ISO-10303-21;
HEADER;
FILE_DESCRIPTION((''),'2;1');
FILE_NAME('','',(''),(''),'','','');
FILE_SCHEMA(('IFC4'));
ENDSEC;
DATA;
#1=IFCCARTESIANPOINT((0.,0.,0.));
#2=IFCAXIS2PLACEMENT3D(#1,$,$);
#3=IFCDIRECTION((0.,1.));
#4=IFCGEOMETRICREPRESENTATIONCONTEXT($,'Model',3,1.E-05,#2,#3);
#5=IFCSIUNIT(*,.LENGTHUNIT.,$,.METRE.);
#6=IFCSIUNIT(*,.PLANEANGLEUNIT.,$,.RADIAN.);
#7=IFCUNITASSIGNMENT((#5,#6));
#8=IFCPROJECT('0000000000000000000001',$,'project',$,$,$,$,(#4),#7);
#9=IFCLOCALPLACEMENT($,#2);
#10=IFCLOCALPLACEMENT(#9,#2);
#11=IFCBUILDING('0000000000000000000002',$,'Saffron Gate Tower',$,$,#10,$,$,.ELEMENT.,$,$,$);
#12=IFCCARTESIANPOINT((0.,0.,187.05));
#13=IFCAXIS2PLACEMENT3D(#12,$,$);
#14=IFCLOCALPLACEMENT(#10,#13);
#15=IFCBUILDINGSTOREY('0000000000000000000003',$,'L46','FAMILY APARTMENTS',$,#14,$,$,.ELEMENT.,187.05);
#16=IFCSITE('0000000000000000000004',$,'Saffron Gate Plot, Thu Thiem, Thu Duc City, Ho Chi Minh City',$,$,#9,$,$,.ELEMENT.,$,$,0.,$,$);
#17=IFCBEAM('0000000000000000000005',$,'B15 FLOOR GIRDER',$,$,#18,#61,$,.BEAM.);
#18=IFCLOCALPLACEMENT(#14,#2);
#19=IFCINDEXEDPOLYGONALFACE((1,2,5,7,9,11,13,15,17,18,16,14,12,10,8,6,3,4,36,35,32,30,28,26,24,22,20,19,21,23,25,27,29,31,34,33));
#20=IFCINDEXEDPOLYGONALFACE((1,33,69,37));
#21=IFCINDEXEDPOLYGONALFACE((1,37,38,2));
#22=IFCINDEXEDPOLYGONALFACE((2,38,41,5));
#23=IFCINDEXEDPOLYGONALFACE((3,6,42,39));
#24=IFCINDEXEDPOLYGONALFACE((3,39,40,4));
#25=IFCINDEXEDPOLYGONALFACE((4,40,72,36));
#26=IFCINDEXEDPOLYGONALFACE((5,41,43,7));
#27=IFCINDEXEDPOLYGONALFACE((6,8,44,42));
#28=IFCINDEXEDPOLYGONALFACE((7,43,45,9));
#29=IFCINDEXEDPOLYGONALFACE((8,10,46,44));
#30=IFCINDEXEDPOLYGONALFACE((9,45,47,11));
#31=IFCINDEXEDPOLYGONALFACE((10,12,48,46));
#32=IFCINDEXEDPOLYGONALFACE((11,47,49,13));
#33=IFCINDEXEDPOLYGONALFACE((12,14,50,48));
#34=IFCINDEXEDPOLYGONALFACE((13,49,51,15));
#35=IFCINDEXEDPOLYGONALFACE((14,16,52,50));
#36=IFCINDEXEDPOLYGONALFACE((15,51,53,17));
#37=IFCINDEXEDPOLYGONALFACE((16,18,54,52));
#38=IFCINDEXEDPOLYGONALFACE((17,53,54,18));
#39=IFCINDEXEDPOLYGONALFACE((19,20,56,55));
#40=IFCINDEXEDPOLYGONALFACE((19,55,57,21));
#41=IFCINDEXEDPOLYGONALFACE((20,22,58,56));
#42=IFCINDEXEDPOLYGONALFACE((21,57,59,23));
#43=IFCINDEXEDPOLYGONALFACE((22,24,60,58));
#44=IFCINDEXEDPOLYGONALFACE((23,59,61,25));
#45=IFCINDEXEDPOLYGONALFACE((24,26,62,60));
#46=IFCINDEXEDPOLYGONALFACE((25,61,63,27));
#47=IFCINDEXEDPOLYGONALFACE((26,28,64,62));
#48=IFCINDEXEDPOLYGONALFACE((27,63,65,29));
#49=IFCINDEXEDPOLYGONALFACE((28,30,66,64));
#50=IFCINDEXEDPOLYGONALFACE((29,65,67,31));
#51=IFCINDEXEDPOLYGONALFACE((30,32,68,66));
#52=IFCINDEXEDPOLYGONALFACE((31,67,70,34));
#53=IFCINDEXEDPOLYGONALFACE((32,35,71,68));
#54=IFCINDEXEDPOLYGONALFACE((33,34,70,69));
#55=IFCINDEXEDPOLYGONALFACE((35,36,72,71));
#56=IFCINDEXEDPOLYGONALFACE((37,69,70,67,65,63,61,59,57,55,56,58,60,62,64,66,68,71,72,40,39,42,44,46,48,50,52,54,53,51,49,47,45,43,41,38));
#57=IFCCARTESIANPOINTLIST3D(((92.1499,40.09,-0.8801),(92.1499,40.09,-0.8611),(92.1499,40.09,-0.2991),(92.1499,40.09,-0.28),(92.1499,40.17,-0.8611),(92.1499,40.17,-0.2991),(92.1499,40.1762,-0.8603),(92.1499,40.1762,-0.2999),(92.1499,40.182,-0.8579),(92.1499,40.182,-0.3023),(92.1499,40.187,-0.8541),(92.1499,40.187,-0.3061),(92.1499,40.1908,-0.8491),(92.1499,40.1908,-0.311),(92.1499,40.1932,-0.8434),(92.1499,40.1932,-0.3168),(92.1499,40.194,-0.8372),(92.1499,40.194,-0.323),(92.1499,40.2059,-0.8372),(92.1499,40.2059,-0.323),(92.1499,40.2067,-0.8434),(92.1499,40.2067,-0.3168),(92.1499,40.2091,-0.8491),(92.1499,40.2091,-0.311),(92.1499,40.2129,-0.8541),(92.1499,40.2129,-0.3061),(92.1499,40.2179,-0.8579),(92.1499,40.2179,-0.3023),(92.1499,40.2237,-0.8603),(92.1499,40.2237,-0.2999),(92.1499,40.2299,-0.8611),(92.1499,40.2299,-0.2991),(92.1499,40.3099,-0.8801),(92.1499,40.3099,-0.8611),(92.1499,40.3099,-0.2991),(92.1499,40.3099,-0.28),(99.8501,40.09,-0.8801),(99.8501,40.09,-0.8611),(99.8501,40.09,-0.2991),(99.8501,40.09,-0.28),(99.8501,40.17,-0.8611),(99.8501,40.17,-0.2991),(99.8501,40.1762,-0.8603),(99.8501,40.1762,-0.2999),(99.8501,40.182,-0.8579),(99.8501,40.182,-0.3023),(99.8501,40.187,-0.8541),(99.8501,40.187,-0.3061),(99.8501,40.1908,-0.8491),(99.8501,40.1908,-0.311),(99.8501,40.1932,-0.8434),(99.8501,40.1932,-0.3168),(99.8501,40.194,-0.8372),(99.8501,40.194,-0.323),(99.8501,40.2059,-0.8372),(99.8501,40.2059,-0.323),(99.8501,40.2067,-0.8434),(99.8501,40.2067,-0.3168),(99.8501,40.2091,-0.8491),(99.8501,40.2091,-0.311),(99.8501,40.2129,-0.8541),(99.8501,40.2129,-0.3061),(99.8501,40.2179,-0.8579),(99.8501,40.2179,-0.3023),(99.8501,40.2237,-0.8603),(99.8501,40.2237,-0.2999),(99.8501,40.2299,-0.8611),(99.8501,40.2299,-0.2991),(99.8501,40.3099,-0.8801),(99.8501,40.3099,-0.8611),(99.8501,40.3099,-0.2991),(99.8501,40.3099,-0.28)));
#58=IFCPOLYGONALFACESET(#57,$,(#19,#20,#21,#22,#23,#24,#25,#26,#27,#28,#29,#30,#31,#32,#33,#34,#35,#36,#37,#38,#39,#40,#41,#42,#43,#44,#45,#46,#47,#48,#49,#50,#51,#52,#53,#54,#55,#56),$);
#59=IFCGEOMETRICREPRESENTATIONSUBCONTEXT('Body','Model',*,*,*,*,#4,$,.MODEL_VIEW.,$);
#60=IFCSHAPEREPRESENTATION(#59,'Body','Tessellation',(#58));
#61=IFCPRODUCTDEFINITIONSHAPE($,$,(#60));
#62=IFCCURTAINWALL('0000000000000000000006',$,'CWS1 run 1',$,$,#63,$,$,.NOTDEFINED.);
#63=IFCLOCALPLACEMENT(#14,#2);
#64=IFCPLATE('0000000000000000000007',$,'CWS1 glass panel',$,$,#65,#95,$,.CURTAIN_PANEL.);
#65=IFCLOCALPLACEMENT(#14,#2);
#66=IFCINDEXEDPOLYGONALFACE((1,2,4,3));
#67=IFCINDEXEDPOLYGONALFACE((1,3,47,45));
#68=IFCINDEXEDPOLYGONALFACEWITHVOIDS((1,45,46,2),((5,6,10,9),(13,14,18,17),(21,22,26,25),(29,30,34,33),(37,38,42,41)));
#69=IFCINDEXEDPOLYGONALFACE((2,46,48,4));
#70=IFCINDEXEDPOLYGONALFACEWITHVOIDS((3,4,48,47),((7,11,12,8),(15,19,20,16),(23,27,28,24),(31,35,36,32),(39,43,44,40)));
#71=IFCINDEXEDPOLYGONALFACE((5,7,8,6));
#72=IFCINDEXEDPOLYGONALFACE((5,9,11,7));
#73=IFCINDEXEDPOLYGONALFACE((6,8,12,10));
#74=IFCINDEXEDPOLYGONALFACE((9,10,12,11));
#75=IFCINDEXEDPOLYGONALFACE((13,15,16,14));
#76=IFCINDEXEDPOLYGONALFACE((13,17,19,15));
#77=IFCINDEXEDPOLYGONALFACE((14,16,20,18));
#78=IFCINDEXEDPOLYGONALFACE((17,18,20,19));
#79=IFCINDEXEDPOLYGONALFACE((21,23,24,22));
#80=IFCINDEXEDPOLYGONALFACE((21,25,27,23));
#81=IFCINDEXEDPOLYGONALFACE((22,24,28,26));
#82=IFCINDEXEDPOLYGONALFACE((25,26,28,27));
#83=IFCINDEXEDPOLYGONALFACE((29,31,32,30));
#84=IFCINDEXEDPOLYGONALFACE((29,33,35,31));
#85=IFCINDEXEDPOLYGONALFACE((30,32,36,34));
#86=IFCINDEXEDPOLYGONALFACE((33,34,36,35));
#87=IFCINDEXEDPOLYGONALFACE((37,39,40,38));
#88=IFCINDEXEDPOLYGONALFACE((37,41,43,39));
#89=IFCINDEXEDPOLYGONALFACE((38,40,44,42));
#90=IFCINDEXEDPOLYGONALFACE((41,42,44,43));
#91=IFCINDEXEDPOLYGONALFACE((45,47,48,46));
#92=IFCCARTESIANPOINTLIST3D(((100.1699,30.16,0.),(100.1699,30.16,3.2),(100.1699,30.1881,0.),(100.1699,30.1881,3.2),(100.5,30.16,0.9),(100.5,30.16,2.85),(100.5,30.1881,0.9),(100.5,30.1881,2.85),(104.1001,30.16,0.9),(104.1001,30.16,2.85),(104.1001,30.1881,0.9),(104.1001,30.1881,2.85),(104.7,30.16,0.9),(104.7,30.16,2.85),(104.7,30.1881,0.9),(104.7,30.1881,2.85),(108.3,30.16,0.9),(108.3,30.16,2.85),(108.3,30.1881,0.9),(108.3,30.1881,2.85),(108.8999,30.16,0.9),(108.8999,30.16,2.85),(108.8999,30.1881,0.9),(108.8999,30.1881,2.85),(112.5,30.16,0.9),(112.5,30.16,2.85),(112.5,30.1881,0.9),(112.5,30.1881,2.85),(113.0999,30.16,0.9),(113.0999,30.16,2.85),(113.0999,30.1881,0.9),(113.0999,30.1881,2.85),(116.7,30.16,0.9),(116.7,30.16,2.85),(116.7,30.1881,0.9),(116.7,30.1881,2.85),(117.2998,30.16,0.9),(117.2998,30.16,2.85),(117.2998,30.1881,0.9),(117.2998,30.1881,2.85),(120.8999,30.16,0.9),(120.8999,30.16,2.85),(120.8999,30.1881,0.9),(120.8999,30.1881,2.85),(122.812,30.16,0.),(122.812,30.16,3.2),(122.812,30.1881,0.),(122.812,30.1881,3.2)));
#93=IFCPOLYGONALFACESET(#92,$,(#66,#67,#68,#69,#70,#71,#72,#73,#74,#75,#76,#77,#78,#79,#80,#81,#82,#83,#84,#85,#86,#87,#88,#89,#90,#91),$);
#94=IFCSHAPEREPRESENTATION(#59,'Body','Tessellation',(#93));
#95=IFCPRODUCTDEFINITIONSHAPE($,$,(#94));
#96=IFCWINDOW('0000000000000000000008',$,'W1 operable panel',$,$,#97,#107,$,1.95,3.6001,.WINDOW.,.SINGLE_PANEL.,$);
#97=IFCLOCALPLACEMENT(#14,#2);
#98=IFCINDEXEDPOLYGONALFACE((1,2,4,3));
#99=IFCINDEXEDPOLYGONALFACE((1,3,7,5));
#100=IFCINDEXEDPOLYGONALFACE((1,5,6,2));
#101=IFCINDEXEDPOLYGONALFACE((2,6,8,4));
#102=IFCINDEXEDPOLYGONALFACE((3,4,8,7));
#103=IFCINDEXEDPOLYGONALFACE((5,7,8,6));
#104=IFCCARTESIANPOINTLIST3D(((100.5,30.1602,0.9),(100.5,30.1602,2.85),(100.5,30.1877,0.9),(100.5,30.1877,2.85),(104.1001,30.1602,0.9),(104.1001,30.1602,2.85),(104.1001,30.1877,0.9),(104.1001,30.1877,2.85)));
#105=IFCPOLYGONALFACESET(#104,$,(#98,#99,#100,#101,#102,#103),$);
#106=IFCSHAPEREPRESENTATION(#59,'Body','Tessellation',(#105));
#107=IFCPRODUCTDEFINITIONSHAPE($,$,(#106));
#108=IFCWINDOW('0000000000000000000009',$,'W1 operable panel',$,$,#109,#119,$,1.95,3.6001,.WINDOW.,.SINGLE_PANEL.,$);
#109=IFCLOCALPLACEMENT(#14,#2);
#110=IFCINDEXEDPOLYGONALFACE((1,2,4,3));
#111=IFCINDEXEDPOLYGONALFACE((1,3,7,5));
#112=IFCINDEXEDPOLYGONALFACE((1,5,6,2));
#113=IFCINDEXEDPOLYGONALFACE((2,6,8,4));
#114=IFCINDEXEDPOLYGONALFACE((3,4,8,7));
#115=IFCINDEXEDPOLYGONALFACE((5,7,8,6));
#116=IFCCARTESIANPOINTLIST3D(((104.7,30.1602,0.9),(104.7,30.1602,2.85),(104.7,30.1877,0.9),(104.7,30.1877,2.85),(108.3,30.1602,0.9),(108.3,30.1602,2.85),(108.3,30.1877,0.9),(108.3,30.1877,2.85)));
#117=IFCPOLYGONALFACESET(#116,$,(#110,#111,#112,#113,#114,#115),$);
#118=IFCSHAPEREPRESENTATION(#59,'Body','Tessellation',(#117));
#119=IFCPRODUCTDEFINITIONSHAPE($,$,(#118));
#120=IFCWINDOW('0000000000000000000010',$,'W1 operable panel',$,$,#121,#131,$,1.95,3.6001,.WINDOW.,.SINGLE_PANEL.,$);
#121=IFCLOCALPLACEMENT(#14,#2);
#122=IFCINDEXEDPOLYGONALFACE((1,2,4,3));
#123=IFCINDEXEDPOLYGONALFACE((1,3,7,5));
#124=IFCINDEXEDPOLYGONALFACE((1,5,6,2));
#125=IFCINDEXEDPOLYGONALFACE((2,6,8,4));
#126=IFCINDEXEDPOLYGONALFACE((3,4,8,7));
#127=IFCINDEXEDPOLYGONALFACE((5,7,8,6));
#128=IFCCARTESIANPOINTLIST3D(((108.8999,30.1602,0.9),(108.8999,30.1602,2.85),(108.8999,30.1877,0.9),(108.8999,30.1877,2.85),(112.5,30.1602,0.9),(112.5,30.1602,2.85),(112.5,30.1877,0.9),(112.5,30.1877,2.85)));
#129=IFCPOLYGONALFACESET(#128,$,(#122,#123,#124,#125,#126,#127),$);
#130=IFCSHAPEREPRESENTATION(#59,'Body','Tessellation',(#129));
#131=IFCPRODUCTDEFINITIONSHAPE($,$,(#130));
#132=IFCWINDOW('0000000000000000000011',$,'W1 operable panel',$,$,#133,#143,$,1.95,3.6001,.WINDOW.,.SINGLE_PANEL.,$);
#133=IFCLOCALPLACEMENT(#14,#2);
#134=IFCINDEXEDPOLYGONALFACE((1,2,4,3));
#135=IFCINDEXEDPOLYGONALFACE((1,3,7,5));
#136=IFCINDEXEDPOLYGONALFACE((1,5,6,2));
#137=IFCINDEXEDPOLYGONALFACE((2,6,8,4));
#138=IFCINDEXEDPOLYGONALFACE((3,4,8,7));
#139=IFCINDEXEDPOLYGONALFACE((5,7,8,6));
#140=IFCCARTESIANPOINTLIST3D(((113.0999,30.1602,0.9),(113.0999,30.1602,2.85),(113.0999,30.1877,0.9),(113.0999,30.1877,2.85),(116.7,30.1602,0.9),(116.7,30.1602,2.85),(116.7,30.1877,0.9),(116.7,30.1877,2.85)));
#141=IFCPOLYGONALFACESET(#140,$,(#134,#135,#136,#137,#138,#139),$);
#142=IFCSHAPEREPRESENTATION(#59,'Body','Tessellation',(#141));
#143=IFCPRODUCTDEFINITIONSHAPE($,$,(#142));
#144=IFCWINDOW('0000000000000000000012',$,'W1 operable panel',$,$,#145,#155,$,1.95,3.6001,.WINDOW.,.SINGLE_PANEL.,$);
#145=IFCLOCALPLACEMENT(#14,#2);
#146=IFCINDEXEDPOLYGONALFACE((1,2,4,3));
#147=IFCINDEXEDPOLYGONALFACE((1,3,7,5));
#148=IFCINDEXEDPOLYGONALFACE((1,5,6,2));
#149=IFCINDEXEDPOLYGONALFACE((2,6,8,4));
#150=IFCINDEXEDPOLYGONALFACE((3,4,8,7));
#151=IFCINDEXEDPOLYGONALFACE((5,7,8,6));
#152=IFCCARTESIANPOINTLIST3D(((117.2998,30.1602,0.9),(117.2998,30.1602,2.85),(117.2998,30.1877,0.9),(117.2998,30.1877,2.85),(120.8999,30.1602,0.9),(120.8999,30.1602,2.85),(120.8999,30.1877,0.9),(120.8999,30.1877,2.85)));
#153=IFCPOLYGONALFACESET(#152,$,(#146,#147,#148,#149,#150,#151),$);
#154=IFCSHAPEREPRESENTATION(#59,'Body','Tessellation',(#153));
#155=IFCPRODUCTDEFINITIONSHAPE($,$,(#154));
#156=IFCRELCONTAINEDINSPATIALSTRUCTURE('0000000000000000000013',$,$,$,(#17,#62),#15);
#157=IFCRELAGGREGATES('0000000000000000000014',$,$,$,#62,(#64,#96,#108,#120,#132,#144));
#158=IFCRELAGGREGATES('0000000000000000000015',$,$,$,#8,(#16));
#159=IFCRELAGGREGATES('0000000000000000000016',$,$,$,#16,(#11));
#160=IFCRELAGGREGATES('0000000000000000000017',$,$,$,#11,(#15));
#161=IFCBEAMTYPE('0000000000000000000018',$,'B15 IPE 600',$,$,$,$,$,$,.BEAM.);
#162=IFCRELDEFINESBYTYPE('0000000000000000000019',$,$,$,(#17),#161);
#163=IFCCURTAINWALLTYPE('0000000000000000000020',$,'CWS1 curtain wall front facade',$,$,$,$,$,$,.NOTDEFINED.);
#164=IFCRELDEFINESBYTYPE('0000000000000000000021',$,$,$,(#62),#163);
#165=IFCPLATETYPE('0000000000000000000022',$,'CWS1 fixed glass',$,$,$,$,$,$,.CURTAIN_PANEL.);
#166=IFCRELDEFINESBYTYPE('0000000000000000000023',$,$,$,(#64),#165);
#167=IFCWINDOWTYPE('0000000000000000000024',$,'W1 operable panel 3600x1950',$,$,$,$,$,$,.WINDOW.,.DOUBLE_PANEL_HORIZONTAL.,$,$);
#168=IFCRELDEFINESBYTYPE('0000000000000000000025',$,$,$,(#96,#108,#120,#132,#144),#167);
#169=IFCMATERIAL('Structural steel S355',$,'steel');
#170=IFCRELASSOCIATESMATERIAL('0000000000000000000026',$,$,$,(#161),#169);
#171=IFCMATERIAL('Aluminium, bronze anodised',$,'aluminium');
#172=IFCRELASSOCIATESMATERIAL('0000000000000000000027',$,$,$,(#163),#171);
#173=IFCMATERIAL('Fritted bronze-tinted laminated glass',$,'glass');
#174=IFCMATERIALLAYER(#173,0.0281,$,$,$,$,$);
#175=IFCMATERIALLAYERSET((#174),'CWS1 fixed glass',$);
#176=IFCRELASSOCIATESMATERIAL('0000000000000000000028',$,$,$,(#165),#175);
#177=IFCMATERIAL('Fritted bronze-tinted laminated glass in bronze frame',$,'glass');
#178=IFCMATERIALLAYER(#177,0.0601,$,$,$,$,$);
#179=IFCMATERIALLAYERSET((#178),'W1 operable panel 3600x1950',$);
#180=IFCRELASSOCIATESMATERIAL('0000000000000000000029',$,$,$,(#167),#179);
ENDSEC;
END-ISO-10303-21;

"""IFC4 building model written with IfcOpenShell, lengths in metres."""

from ifc_helpers import new_model, si_unit, direction, frame, frame_2d, origin, origin_2d, place, context, subcontext, project, spatial, rectangle, i_section, extrude, material, layer, layer_set, material_profile, profile_set, type_object, element, fill, aggregate, save


model = new_model("IFC4")

# Units and contexts
model_context = context("Model", 3, precision=1e-05, world=origin(), true_north=direction((0.0, 1.0)))
body_context = subcontext(model_context, "Body", "Model", "MODEL_VIEW")
ifc_project = project(units=[si_unit("LENGTHUNIT", "METRE"), si_unit("PLANEANGLEUNIT", "RADIAN")], contexts=[model_context])

# Site, building, storey
site_placement = place(None, origin())
site = spatial("IfcSite", under=ifc_project, at=site_placement, Name="Saffron Gate Plot, Thu Thiem, Thu Duc City, Ho Chi Minh City", CompositionType="ELEMENT", RefElevation=0.0)
building_placement = place(site_placement, origin())
building = spatial("IfcBuilding", under=site, at=building_placement, Name="Saffron Gate Tower", CompositionType="ELEMENT")
storey_placement = place(building_placement, frame((0.0, 0.0, 187.05)))
storey = spatial("IfcBuildingStorey", under=building, at=storey_placement, Name="L46", Description="FAMILY APARTMENTS", CompositionType="ELEMENT", Elevation=187.05)

# Beam
ifc_material_1 = material(Name="Structural steel S355", Category="steel")
ifc_material_profile_1 = material_profile(ifc_material_1, i_section(OverallWidth=0.22, OverallDepth=0.6001, WebThickness=0.012, FlangeThickness=0.019, FilletRadius=0.0239, at=origin_2d()))
ifc_profile_set_1 = profile_set([ifc_material_profile_1], Name="Structural steel S355")
beam_type_1 = type_object("IfcBeamType", Name="B15 IPE 600", PredefinedType="BEAM", material=ifc_profile_set_1)
beam_1_placement = place(storey_placement, frame((92.1499, 40.2, -0.5801), z_axis=(1.0, 0.0, 0.0), x_axis=(0.0, 1.0, 0.0)))
element("IfcBeam", 1, at=beam_1_placement, inside=storey, type_object=beam_type_1, Name="B15 FLOOR GIRDER", PredefinedType="BEAM", context=body_context, shape_type="SweptSolid", body=[
    extrude(i_section(OverallWidth=0.22, OverallDepth=0.6001, WebThickness=0.012, FlangeThickness=0.019, FilletRadius=0.0239, at=origin_2d()), origin(), (0.0, 0.0, 1.0), 7.7002),
])

# Curtain wall, plate, openings, windows
ifc_material_2 = material(Name="Aluminium, bronze anodised", Category="aluminium")
curtain_wall_type = type_object("IfcCurtainWallType", Name="CWS1 curtain wall front facade", PredefinedType="NOTDEFINED", material=ifc_material_2)
curtain_wall_placement = place(storey_placement, origin())
curtain_wall = element("IfcCurtainWall", 2, at=curtain_wall_placement, inside=storey, type_object=curtain_wall_type, Name="CWS1 run 1", PredefinedType="NOTDEFINED")
ifc_material_3 = material(Name="Fritted bronze-tinted laminated glass", Category="glass")
ifc_layer_1 = layer(ifc_material_3, 0.0281)
ifc_layer_set_1 = layer_set([ifc_layer_1], Name="CWS1 fixed glass")
plate_type = type_object("IfcPlateType", Name="CWS1 fixed glass", PredefinedType="CURTAIN_PANEL", material=ifc_layer_set_1)
plate_placement = place(storey_placement, frame((100.1699, 30.1741, 0.0), z_axis=(0.0, 0.0, 1.0), x_axis=(1.0, 0.0, 0.0)))
plate = element("IfcPlate", 3, at=plate_placement, type_object=plate_type, Name="CWS1 glass panel", PredefinedType="CURTAIN_PANEL", context=body_context, shape_type="SweptSolid", body=[
    extrude(rectangle(XDim=22.6421, YDim=0.0281, at=frame_2d((11.321, 0.0))), origin(), (0.0, 0.0, 1.0), 3.2),
])
opening_1_placement = place(plate_placement, frame((0.3301, 0.0, 0.8999)))
opening_1 = element("IfcOpeningElement", 4, at=opening_1_placement, cuts=plate, PredefinedType="OPENING", context=body_context, shape_type="SweptSolid", body=[
    extrude(rectangle(XDim=3.6001, YDim=1.95, at=frame_2d((1.8, 0.9751))), frame((0.0, 0.0239, 0.0), z_axis=(0.0, -1.0, 0.0), x_axis=(1.0, 0.0, 0.0)), (0.0, 0.0, 1.0), 0.0481),
])
opening_2_placement = place(plate_placement, frame((4.53, 0.0, 0.8999)))
opening_2 = element("IfcOpeningElement", 5, at=opening_2_placement, cuts=plate, PredefinedType="OPENING", context=body_context, shape_type="SweptSolid", body=[
    extrude(rectangle(XDim=3.6001, YDim=1.95, at=frame_2d((1.8, 0.9751))), frame((0.0, 0.0239, 0.0), z_axis=(0.0, -1.0, 0.0), x_axis=(1.0, 0.0, 0.0)), (0.0, 0.0, 1.0), 0.0481),
])
opening_3_placement = place(plate_placement, frame((8.73, 0.0, 0.8999)))
opening_3 = element("IfcOpeningElement", 6, at=opening_3_placement, cuts=plate, PredefinedType="OPENING", context=body_context, shape_type="SweptSolid", body=[
    extrude(rectangle(XDim=3.6001, YDim=1.95, at=frame_2d((1.8, 0.9751))), frame((0.0, 0.0239, 0.0), z_axis=(0.0, -1.0, 0.0), x_axis=(1.0, 0.0, 0.0)), (0.0, 0.0, 1.0), 0.0481),
])
opening_4_placement = place(plate_placement, frame((12.9299, 0.0, 0.8999)))
opening_4 = element("IfcOpeningElement", 7, at=opening_4_placement, cuts=plate, PredefinedType="OPENING", context=body_context, shape_type="SweptSolid", body=[
    extrude(rectangle(XDim=3.6001, YDim=1.95, at=frame_2d((1.8, 0.9751))), frame((0.0, 0.0239, 0.0), z_axis=(0.0, -1.0, 0.0), x_axis=(1.0, 0.0, 0.0)), (0.0, 0.0, 1.0), 0.0481),
])
opening_5_placement = place(plate_placement, frame((17.1299, 0.0, 0.8999)))
opening_5 = element("IfcOpeningElement", 8, at=opening_5_placement, cuts=plate, PredefinedType="OPENING", context=body_context, shape_type="SweptSolid", body=[
    extrude(rectangle(XDim=3.6001, YDim=1.95, at=frame_2d((1.8, 0.9751))), frame((0.0, 0.0239, 0.0), z_axis=(0.0, -1.0, 0.0), x_axis=(1.0, 0.0, 0.0)), (0.0, 0.0, 1.0), 0.0481),
])
ifc_material_4 = material(Name="Fritted bronze-tinted laminated glass in bronze frame", Category="glass")
ifc_layer_2 = layer(ifc_material_4, 0.0601)
ifc_layer_set_2 = layer_set([ifc_layer_2], Name="W1 operable panel 3600x1950")
window_type = type_object("IfcWindowType", Name="W1 operable panel 3600x1950", PartitioningType="DOUBLE_PANEL_HORIZONTAL", PredefinedType="WINDOW", material=ifc_layer_set_2)
window_1_placement = place(opening_1_placement, origin())
window_1 = element("IfcWindow", 9, at=window_1_placement, type_object=window_type, Name="W1 operable panel", OverallHeight=1.95, OverallWidth=3.6001, PartitioningType="SINGLE_PANEL", PredefinedType="WINDOW", context=body_context, shape_type="SweptSolid", body=[
    extrude(rectangle(XDim=3.6001, YDim=1.95, at=frame_2d((1.8, 0.9751))), frame((0.0, 0.0137, 0.0), z_axis=(0.0, -1.0, 0.0), x_axis=(1.0, 0.0, 0.0)), (0.0, 0.0, 1.0), 0.0276),
])
fill(opening_1, window_1)
window_2_placement = place(opening_2_placement, origin())
window_2 = element("IfcWindow", 10, at=window_2_placement, type_object=window_type, Name="W1 operable panel", OverallHeight=1.95, OverallWidth=3.6001, PartitioningType="SINGLE_PANEL", PredefinedType="WINDOW", context=body_context, shape_type="SweptSolid", body=[
    extrude(rectangle(XDim=3.6001, YDim=1.95, at=frame_2d((1.8, 0.9751))), frame((0.0, 0.0137, 0.0), z_axis=(0.0, -1.0, 0.0), x_axis=(1.0, 0.0, 0.0)), (0.0, 0.0, 1.0), 0.0276),
])
fill(opening_2, window_2)
window_3_placement = place(opening_3_placement, origin())
window_3 = element("IfcWindow", 11, at=window_3_placement, type_object=window_type, Name="W1 operable panel", OverallHeight=1.95, OverallWidth=3.6001, PartitioningType="SINGLE_PANEL", PredefinedType="WINDOW", context=body_context, shape_type="SweptSolid", body=[
    extrude(rectangle(XDim=3.6001, YDim=1.95, at=frame_2d((1.8, 0.9751))), frame((0.0, 0.0137, 0.0), z_axis=(0.0, -1.0, 0.0), x_axis=(1.0, 0.0, 0.0)), (0.0, 0.0, 1.0), 0.0276),
])
fill(opening_3, window_3)
window_4_placement = place(opening_4_placement, origin())
window_4 = element("IfcWindow", 12, at=window_4_placement, type_object=window_type, Name="W1 operable panel", OverallHeight=1.95, OverallWidth=3.6001, PartitioningType="SINGLE_PANEL", PredefinedType="WINDOW", context=body_context, shape_type="SweptSolid", body=[
    extrude(rectangle(XDim=3.6001, YDim=1.95, at=frame_2d((1.8, 0.9751))), frame((0.0, 0.0137, 0.0), z_axis=(0.0, -1.0, 0.0), x_axis=(1.0, 0.0, 0.0)), (0.0, 0.0, 1.0), 0.0276),
])
fill(opening_4, window_4)
window_5_placement = place(opening_5_placement, origin())
window_5 = element("IfcWindow", 13, at=window_5_placement, type_object=window_type, Name="W1 operable panel", OverallHeight=1.95, OverallWidth=3.6001, PartitioningType="SINGLE_PANEL", PredefinedType="WINDOW", context=body_context, shape_type="SweptSolid", body=[
    extrude(rectangle(XDim=3.6001, YDim=1.95, at=frame_2d((1.8, 0.9751))), frame((0.0, 0.0137, 0.0), z_axis=(0.0, -1.0, 0.0), x_axis=(1.0, 0.0, 0.0)), (0.0, 0.0, 1.0), 0.0276),
])
fill(opening_5, window_5)
aggregate(curtain_wall, [plate, window_1, window_2, window_3, window_4, window_5])

save(model, "model.ifc")
